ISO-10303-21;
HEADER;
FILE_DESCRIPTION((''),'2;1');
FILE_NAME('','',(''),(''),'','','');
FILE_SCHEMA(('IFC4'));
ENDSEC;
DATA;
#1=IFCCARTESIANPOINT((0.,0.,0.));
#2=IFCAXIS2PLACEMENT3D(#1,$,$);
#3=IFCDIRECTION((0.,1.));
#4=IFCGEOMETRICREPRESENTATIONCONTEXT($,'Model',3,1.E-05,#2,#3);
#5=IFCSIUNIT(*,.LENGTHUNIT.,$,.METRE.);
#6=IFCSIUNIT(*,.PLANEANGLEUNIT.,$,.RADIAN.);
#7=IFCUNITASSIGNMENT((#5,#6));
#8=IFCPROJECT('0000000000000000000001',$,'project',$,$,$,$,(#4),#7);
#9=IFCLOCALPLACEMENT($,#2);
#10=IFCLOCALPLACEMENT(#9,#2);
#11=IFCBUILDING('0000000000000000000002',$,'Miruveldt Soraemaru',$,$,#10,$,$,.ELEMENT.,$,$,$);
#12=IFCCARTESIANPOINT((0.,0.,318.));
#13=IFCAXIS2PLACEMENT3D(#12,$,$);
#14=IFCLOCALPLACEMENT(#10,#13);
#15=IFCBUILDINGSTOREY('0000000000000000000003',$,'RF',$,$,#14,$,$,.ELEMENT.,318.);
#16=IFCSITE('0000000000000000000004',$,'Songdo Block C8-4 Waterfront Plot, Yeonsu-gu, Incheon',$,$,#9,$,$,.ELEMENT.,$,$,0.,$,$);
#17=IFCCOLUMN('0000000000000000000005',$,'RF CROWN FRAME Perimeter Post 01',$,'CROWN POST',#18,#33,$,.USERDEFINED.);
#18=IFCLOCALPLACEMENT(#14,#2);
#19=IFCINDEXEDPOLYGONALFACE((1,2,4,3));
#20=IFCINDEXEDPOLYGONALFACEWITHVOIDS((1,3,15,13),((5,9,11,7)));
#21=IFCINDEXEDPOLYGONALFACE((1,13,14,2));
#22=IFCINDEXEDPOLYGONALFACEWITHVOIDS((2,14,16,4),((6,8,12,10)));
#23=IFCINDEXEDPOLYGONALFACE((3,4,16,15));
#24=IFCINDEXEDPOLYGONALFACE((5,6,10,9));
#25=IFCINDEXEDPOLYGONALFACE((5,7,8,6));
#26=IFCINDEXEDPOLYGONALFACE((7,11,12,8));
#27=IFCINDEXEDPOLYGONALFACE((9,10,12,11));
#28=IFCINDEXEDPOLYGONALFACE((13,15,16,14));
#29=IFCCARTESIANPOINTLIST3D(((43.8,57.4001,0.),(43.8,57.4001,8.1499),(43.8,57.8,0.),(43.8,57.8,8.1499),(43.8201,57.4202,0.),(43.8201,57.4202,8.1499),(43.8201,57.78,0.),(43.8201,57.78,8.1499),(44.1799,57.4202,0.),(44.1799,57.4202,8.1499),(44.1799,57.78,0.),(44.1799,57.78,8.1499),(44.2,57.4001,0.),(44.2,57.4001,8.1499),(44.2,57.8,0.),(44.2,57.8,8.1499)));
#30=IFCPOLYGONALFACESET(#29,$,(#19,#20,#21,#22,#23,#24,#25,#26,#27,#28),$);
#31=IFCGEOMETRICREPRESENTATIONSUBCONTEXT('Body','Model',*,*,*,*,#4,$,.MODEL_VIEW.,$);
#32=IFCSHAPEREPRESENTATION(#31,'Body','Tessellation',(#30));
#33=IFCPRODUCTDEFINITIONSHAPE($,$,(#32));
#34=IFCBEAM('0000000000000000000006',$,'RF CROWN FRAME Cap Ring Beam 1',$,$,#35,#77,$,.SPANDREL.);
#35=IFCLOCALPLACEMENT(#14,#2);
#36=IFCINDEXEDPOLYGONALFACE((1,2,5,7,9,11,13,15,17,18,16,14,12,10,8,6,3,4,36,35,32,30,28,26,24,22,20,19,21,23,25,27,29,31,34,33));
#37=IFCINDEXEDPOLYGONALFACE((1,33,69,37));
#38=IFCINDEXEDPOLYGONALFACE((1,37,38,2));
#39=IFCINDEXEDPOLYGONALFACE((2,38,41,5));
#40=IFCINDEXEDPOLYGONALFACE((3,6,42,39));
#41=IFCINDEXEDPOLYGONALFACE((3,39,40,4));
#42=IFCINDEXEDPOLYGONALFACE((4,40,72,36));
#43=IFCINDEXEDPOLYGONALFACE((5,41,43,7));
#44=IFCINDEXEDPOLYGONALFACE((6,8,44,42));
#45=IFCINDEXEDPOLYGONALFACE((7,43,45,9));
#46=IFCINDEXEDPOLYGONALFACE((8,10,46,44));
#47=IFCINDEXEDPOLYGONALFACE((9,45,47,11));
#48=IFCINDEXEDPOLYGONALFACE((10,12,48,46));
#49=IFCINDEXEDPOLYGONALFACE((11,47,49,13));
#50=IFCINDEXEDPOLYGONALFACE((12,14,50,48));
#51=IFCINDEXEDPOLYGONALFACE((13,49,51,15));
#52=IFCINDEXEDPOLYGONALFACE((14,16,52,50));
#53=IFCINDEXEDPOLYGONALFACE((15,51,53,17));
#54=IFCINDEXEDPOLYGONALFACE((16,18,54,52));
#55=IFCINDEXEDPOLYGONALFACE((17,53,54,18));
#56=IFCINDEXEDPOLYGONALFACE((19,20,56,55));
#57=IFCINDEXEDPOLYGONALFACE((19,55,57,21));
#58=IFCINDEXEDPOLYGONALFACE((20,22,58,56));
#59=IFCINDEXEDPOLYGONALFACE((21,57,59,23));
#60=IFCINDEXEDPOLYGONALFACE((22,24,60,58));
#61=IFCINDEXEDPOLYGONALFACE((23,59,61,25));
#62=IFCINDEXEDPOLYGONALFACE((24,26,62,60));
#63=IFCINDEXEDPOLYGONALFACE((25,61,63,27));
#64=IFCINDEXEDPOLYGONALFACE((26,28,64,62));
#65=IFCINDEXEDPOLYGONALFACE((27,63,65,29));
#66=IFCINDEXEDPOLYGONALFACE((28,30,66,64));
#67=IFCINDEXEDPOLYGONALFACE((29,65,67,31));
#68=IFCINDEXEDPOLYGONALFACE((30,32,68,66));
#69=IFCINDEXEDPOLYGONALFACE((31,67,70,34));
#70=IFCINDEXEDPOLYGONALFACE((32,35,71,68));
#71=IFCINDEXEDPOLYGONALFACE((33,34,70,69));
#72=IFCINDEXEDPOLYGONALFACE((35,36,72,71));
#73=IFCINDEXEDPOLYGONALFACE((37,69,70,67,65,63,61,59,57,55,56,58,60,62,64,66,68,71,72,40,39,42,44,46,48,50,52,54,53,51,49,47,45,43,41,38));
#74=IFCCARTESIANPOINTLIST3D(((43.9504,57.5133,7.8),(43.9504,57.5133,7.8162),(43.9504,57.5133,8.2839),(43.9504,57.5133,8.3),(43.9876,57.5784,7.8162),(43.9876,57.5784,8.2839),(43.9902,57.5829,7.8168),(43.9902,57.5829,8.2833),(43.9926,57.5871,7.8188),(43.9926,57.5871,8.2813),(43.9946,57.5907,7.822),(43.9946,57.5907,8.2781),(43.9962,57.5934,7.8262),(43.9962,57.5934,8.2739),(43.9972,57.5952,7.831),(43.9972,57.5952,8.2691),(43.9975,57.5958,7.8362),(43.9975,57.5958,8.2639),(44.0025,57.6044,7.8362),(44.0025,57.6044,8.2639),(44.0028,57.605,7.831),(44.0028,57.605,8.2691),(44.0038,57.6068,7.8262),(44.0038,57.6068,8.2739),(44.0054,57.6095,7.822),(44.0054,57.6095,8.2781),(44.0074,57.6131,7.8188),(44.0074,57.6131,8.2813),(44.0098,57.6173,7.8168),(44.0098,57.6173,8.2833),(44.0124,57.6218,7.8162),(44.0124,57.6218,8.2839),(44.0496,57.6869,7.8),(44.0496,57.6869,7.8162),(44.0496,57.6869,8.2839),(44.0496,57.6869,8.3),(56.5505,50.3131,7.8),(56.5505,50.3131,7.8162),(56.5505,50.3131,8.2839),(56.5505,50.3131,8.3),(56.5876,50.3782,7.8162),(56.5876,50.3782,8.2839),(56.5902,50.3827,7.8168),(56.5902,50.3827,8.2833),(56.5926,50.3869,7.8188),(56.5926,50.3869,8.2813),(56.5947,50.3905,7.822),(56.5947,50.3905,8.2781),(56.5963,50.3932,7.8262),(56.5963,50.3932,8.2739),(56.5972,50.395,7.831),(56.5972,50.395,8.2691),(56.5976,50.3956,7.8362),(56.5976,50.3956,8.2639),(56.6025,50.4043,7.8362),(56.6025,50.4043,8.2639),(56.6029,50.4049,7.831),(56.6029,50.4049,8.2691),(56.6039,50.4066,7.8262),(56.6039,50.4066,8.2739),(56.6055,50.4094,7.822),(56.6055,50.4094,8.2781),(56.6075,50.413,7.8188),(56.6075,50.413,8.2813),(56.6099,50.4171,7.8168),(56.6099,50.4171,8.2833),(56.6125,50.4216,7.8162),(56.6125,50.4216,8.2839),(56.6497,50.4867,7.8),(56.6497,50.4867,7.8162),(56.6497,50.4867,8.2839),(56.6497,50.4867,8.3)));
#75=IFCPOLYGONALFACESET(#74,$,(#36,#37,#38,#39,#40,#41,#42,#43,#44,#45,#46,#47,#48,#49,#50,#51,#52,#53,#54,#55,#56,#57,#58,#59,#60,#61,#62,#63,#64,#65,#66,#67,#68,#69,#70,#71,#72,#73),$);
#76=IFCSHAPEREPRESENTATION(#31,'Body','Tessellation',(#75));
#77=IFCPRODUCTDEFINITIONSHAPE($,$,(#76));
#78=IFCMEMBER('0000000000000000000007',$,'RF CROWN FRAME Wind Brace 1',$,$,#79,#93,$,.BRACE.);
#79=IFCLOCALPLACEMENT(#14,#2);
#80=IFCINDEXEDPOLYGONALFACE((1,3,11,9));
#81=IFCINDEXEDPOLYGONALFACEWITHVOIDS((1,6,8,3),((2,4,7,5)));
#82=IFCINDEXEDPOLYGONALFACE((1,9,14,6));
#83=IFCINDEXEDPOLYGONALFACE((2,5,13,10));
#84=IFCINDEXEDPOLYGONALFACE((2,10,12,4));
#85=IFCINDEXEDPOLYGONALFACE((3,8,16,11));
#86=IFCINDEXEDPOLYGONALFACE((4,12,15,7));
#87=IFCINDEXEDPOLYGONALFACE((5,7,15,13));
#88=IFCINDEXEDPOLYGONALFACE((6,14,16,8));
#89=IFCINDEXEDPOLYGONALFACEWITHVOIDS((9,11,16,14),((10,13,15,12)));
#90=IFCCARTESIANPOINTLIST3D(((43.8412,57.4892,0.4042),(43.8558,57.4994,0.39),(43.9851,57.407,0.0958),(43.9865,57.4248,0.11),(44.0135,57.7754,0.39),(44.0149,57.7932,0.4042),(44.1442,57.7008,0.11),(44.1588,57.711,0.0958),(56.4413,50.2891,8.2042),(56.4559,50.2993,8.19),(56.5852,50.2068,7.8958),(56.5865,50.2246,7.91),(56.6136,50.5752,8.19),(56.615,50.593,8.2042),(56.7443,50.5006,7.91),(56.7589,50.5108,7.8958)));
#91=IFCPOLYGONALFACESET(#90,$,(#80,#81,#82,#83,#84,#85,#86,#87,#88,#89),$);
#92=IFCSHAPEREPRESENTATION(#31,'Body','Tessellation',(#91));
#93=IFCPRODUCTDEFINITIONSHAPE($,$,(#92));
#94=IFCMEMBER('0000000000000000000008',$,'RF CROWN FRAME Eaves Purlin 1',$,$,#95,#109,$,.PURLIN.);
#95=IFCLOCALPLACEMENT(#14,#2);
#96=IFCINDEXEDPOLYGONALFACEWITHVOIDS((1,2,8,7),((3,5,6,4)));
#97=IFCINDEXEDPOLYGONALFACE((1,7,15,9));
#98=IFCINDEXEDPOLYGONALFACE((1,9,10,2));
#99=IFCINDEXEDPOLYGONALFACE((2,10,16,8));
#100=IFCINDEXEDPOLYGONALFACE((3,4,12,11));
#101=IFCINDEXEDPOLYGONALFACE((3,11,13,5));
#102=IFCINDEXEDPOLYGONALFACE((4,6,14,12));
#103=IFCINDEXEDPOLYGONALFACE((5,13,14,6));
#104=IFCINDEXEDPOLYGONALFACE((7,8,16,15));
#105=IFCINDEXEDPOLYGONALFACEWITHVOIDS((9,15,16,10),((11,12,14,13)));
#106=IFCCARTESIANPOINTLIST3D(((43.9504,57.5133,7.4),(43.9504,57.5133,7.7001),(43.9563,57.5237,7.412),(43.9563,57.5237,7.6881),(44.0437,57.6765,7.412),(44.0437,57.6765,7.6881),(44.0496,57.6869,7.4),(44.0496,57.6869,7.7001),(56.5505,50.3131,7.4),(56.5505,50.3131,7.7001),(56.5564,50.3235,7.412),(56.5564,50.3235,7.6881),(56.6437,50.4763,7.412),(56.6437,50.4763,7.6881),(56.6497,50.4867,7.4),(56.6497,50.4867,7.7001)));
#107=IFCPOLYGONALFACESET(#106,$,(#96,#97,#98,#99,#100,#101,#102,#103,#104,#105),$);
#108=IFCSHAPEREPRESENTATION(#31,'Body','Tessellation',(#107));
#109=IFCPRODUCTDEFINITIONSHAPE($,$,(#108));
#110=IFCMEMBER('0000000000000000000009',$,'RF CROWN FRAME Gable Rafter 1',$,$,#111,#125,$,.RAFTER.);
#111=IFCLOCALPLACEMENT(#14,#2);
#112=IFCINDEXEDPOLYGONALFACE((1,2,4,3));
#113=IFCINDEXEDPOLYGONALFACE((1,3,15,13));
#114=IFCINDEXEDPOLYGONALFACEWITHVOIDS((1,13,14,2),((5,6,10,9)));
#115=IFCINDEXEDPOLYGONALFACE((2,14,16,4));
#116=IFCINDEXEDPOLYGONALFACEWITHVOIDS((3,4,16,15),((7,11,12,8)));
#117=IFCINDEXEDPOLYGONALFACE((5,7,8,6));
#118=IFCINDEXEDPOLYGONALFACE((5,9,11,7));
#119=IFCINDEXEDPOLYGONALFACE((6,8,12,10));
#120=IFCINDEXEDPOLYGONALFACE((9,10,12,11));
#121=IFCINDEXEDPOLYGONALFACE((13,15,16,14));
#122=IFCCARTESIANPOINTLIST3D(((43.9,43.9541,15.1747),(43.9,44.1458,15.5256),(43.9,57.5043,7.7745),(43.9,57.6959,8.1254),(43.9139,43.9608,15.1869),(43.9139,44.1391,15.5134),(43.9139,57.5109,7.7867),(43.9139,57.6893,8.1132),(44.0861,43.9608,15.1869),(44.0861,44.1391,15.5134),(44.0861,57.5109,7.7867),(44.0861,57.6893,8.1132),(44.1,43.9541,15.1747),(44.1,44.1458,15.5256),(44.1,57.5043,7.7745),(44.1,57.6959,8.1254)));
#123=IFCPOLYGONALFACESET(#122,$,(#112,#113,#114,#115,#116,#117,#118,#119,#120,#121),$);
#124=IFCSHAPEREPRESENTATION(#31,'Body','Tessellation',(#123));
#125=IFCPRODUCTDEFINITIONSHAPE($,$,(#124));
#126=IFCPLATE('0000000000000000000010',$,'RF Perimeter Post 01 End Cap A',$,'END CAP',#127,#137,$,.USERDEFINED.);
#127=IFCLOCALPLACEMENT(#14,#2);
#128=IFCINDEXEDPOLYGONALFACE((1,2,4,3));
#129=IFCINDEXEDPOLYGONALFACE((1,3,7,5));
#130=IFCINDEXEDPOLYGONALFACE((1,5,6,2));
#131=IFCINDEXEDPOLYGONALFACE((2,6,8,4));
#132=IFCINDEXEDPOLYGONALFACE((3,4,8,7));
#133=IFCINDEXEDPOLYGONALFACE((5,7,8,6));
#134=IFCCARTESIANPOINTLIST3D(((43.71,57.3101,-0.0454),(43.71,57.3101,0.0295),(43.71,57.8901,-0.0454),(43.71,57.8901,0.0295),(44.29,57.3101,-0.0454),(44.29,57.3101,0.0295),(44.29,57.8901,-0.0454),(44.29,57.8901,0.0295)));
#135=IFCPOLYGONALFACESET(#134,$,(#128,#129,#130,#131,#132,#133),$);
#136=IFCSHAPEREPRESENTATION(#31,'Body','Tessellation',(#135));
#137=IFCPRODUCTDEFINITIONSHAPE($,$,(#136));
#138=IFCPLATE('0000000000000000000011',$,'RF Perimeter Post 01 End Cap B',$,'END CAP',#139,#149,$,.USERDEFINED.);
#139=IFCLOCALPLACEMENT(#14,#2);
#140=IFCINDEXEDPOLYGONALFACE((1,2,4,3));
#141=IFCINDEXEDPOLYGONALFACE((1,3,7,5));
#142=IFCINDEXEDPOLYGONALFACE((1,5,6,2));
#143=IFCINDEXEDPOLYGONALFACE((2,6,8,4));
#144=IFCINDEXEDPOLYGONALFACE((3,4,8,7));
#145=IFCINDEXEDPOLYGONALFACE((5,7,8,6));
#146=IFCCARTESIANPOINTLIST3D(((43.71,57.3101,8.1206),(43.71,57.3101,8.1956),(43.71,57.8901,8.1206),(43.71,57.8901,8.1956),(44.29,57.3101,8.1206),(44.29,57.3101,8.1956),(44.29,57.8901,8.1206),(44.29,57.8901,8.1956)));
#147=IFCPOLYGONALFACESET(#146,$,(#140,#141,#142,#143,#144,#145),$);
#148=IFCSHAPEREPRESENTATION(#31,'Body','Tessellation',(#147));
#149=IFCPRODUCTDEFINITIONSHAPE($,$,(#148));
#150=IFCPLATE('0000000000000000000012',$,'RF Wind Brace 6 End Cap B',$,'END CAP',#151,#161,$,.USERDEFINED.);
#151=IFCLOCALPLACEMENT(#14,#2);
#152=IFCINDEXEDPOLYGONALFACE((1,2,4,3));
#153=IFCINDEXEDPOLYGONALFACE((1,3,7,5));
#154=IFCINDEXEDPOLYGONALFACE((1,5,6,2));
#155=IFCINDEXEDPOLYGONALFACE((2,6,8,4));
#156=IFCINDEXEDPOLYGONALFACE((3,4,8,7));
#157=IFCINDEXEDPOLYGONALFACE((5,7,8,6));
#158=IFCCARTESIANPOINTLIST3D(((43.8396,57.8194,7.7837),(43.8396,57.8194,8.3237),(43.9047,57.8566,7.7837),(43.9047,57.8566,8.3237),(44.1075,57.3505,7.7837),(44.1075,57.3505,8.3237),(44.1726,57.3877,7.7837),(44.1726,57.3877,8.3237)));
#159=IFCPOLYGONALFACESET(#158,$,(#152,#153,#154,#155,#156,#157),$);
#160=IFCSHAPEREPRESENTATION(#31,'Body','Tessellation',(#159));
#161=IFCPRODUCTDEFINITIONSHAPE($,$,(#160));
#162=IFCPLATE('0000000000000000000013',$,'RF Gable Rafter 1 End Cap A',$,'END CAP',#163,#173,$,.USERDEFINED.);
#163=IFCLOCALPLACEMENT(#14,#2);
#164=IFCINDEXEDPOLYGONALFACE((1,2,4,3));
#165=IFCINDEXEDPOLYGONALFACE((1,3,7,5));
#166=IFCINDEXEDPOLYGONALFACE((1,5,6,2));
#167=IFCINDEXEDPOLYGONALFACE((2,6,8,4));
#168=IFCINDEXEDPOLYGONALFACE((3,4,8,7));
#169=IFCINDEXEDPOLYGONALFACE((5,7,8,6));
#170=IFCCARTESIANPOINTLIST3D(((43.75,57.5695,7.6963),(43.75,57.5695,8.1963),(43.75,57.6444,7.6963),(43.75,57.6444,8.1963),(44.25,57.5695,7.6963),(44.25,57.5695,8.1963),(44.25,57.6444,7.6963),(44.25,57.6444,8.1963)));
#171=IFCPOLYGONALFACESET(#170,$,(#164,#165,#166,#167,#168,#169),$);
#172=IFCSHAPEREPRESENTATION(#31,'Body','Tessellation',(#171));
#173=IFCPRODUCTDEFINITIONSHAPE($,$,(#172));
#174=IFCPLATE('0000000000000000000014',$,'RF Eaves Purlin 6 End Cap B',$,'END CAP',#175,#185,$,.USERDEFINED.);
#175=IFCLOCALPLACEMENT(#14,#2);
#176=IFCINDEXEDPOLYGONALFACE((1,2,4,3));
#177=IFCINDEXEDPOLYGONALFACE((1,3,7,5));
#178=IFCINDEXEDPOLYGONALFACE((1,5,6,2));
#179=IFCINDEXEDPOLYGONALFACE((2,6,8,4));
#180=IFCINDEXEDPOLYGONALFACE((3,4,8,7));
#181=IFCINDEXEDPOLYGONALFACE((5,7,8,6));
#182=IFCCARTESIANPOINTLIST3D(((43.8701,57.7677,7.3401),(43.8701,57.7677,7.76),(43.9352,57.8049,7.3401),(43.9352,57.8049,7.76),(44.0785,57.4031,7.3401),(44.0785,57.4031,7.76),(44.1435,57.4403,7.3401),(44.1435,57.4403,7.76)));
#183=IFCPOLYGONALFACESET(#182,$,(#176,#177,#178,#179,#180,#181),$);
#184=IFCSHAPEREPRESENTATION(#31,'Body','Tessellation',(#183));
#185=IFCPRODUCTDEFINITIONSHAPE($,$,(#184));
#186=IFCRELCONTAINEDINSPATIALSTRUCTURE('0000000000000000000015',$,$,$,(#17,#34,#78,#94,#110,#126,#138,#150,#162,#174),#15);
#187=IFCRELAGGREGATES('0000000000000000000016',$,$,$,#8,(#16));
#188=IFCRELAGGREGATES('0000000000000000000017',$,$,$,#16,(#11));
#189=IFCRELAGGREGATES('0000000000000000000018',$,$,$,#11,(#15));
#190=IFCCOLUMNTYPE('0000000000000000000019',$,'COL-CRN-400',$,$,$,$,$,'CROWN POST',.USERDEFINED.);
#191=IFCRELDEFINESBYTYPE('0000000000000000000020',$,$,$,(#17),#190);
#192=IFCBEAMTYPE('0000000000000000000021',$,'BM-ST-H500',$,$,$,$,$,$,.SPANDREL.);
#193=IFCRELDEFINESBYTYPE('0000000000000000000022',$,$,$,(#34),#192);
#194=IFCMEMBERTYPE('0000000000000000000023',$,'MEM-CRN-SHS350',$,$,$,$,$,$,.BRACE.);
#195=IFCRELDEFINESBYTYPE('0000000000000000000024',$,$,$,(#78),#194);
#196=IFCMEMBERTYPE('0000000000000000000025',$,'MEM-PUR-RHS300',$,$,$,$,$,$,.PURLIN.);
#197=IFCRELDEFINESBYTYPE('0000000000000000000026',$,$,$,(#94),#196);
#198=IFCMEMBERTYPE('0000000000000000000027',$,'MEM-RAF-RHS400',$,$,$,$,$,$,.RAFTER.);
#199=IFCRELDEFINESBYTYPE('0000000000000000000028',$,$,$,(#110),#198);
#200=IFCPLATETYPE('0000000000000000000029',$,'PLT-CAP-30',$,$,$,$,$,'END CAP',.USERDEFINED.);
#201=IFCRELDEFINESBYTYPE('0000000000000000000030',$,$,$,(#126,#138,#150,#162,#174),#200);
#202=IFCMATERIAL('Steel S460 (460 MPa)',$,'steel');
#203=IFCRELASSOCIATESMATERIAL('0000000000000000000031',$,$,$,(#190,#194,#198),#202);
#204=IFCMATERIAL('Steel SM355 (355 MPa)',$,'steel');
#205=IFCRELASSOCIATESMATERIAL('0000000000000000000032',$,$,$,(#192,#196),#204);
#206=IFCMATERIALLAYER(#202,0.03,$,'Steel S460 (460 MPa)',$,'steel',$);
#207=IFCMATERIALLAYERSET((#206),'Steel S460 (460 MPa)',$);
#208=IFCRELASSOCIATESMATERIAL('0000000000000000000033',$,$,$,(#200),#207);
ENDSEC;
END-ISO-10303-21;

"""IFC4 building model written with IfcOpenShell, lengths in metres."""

from ifc_helpers import new_model, si_unit, direction, frame, origin, origin_2d, place, context, subcontext, project, spatial, rectangle, hollow_rectangle, i_section, extrude, material, layer, layer_set, material_profile, profile_set, type_object, element, save


model = new_model("IFC4")

# Units and contexts
model_context = context("Model", 3, precision=1e-05, world=origin(), true_north=direction((0.0, 1.0)))
body_context = subcontext(model_context, "Body", "Model", "MODEL_VIEW")
ifc_project = project(units=[si_unit("LENGTHUNIT", "METRE"), si_unit("PLANEANGLEUNIT", "RADIAN")], contexts=[model_context])

# Site, building, storey
site_placement = place(None, origin())
site = spatial("IfcSite", under=ifc_project, at=site_placement, Name="Songdo Block C8-4 Waterfront Plot, Yeonsu-gu, Incheon", CompositionType="ELEMENT", RefElevation=0.0)
building_placement = place(site_placement, origin())
building = spatial("IfcBuilding", under=site, at=building_placement, Name="Miruveldt Soraemaru", CompositionType="ELEMENT")
storey_placement = place(building_placement, frame((0.0, 0.0, 318.0)))
storey = spatial("IfcBuildingStorey", under=building, at=storey_placement, Name="RF", CompositionType="ELEMENT", Elevation=318.0)

# Column
ifc_material_1 = material(Name="Steel S460 (460 MPa)", Category="steel")
ifc_material_profile_1 = material_profile(ifc_material_1, hollow_rectangle(XDim=0.3999, YDim=0.3999, WallThickness=0.02, at=origin_2d()), Name="Steel S460 (460 MPa)", Category="steel")
ifc_profile_set_1 = profile_set([ifc_material_profile_1], Name="Steel S460 (460 MPa)")
column_type = type_object("IfcColumnType", Name="COL-CRN-400", ElementType="CROWN POST", PredefinedType="USERDEFINED", material=ifc_profile_set_1)
column_placement = place(storey_placement, frame((44.0, 57.6001, 0.0), z_axis=(0.0, 0.0, 1.0), x_axis=(1.0, 0.0, 0.0)))
element("IfcColumn", 1, at=column_placement, inside=storey, type_object=column_type, Name="RF CROWN FRAME Perimeter Post 01", ObjectType="CROWN POST", PredefinedType="USERDEFINED", context=body_context, shape_type="SweptSolid", body=[
    extrude(hollow_rectangle(XDim=0.3999, YDim=0.3999, WallThickness=0.02, at=origin_2d()), origin(), (0.0, 0.0, 1.0), 8.1499),
])

# Beam
ifc_material_2 = material(Name="Steel SM355 (355 MPa)", Category="steel")
ifc_material_profile_2 = material_profile(ifc_material_2, i_section(OverallWidth=0.2, OverallDepth=0.5, WebThickness=0.01, FlangeThickness=0.0161, FilletRadius=0.02, at=origin_2d()), Name="Steel SM355 (355 MPa)", Category="steel")
ifc_profile_set_2 = profile_set([ifc_material_profile_2], Name="Steel SM355 (355 MPa)")
beam_type = type_object("IfcBeamType", Name="BM-ST-H500", PredefinedType="SPANDREL", material=ifc_profile_set_2)
beam_placement = place(storey_placement, frame((44.0, 57.6001, 8.05), z_axis=(0.868239, -0.496146, 0.0), x_axis=(0.496146, 0.868239, 0.0)))
element("IfcBeam", 2, at=beam_placement, inside=storey, type_object=beam_type, Name="RF CROWN FRAME Cap Ring Beam 1", PredefinedType="SPANDREL", context=body_context, shape_type="SweptSolid", body=[
    extrude(i_section(OverallWidth=0.2, OverallDepth=0.5, WebThickness=0.01, FlangeThickness=0.0161, FilletRadius=0.02, at=origin_2d()), origin(), (0.0, 0.0, 1.0), 14.5122),
])

# Members
ifc_material_profile_3 = material_profile(ifc_material_1, hollow_rectangle(XDim=0.3501, YDim=0.3501, WallThickness=0.0161, at=origin_2d()), Name="Steel S460 (460 MPa)", Category="steel")
ifc_profile_set_3 = profile_set([ifc_material_profile_3], Name="Steel S460 (460 MPa)")
member_type_1 = type_object("IfcMemberType", Name="MEM-CRN-SHS350", PredefinedType="BRACE", material=ifc_profile_set_3)
member_1_placement = place(storey_placement, frame((44.0, 57.6001, 0.25), z_axis=(0.764772, -0.437021, 0.47343), x_axis=(0.496146, 0.868239, 0.0)))
element("IfcMember", 3, at=member_1_placement, inside=storey, type_object=member_type_1, Name="RF CROWN FRAME Wind Brace 1", PredefinedType="BRACE", context=body_context, shape_type="SweptSolid", body=[
    extrude(hollow_rectangle(XDim=0.3501, YDim=0.3501, WallThickness=0.0161, at=origin_2d()), origin(), (0.0, 0.0, 1.0), 16.4756),
])
ifc_material_profile_4 = material_profile(ifc_material_2, hollow_rectangle(XDim=0.2, YDim=0.3, WallThickness=0.012, at=origin_2d()), Name="Steel SM355 (355 MPa)", Category="steel")
ifc_profile_set_4 = profile_set([ifc_material_profile_4], Name="Steel SM355 (355 MPa)")
member_type_2 = type_object("IfcMemberType", Name="MEM-PUR-RHS300", PredefinedType="PURLIN", material=ifc_profile_set_4)
member_2_placement = place(storey_placement, frame((44.0, 57.6001, 7.55), z_axis=(0.868239, -0.496146, 0.0), x_axis=(0.496146, 0.868239, 0.0)))
element("IfcMember", 4, at=member_2_placement, inside=storey, type_object=member_type_2, Name="RF CROWN FRAME Eaves Purlin 1", PredefinedType="PURLIN", context=body_context, shape_type="SweptSolid", body=[
    extrude(hollow_rectangle(XDim=0.2, YDim=0.3, WallThickness=0.012, at=origin_2d()), origin(), (0.0, 0.0, 1.0), 14.5122),
])
ifc_material_profile_5 = material_profile(ifc_material_1, hollow_rectangle(XDim=0.2, YDim=0.3999, WallThickness=0.0139, at=origin_2d()), Name="Steel S460 (460 MPa)", Category="steel")
ifc_profile_set_5 = profile_set([ifc_material_profile_5], Name="Steel S460 (460 MPa)")
member_type_3 = type_object("IfcMemberType", Name="MEM-RAF-RHS400", PredefinedType="RAFTER", material=ifc_profile_set_5)
member_3_placement = place(storey_placement, frame((44.0, 57.6001, 7.95), z_axis=(0.0, -0.877645, 0.479312), x_axis=(1.0, 0.0, 0.0)))
element("IfcMember", 5, at=member_3_placement, inside=storey, type_object=member_type_3, Name="RF CROWN FRAME Gable Rafter 1", PredefinedType="RAFTER", context=body_context, shape_type="SweptSolid", body=[
    extrude(hollow_rectangle(XDim=0.2, YDim=0.3999, WallThickness=0.0139, at=origin_2d()), origin(), (0.0, 0.0, 1.0), 15.4392),
])

# Plates
ifc_layer_1 = layer(ifc_material_1, 0.03, Name="Steel S460 (460 MPa)", Category="steel")
ifc_layer_set_1 = layer_set([ifc_layer_1], Name="Steel S460 (460 MPa)")
plate_type_1 = type_object("IfcPlateType", Name="PLT-CAP-30", ElementType="END CAP", PredefinedType="USERDEFINED", material=ifc_layer_set_1)
for number, where, z_axis, x_axis, name in (
    (6, (44.0, 57.6001, -0.0454), (0.0, 0.0, 1.0), (1.0, 0.0, 0.0), "RF Perimeter Post 01 End Cap A"),
    (7, (44.0, 57.6001, 8.1206), (0.0, 0.0, 1.0), (1.0, 0.0, 0.0), "RF Perimeter Post 01 End Cap B"),
):
    element("IfcPlate", number, at=place(storey_placement, frame(where, z_axis=z_axis, x_axis=x_axis)), inside=storey, type_object=plate_type_1, Name=name, ObjectType="END CAP", PredefinedType="USERDEFINED", context=body_context, shape_type="SweptSolid", body=[
        extrude(rectangle(XDim=0.5801, YDim=0.5801, at=origin_2d()), origin(), (0.0, 0.0, 1.0), 0.075),
    ])
plate_1_placement = place(storey_placement, frame((44.0061, 57.6035, 7.7837), z_axis=(0.0, 0.0, 1.0), x_axis=(0.868285, 0.496065, 0.0)))
element("IfcPlate", 8, at=plate_1_placement, inside=storey, type_object=plate_type_1, Name="RF Wind Brace 6 End Cap B", ObjectType="END CAP", PredefinedType="USERDEFINED", context=body_context, shape_type="SweptSolid", body=[
    extrude(rectangle(XDim=0.075, YDim=0.54, at=origin_2d()), origin(), (0.0, 0.0, 1.0), 0.54),
])
plate_2_placement = place(storey_placement, frame((44.0, 57.6069, 7.6963), z_axis=(0.0, 0.0, 1.0), x_axis=(0.0, 1.0, 0.0)))
element("IfcPlate", 9, at=plate_2_placement, inside=storey, type_object=plate_type_1, Name="RF Gable Rafter 1 End Cap A", ObjectType="END CAP", PredefinedType="USERDEFINED", context=body_context, shape_type="SweptSolid", body=[
    extrude(rectangle(XDim=0.075, YDim=0.5, at=origin_2d()), origin(), (0.0, 0.0, 1.0), 0.5),
])
plate_3_placement = place(storey_placement, frame((44.0068, 57.604, 7.3401), z_axis=(0.0, 0.0, 1.0), x_axis=(0.868285, 0.496065, 0.0)))
element("IfcPlate", 10, at=plate_3_placement, inside=storey, type_object=plate_type_1, Name="RF Eaves Purlin 6 End Cap B", ObjectType="END CAP", PredefinedType="USERDEFINED", context=body_context, shape_type="SweptSolid", body=[
    extrude(rectangle(XDim=0.075, YDim=0.4199, at=origin_2d()), origin(), (0.0, 0.0, 1.0), 0.4199),
])

save(model, "model.ifc")
